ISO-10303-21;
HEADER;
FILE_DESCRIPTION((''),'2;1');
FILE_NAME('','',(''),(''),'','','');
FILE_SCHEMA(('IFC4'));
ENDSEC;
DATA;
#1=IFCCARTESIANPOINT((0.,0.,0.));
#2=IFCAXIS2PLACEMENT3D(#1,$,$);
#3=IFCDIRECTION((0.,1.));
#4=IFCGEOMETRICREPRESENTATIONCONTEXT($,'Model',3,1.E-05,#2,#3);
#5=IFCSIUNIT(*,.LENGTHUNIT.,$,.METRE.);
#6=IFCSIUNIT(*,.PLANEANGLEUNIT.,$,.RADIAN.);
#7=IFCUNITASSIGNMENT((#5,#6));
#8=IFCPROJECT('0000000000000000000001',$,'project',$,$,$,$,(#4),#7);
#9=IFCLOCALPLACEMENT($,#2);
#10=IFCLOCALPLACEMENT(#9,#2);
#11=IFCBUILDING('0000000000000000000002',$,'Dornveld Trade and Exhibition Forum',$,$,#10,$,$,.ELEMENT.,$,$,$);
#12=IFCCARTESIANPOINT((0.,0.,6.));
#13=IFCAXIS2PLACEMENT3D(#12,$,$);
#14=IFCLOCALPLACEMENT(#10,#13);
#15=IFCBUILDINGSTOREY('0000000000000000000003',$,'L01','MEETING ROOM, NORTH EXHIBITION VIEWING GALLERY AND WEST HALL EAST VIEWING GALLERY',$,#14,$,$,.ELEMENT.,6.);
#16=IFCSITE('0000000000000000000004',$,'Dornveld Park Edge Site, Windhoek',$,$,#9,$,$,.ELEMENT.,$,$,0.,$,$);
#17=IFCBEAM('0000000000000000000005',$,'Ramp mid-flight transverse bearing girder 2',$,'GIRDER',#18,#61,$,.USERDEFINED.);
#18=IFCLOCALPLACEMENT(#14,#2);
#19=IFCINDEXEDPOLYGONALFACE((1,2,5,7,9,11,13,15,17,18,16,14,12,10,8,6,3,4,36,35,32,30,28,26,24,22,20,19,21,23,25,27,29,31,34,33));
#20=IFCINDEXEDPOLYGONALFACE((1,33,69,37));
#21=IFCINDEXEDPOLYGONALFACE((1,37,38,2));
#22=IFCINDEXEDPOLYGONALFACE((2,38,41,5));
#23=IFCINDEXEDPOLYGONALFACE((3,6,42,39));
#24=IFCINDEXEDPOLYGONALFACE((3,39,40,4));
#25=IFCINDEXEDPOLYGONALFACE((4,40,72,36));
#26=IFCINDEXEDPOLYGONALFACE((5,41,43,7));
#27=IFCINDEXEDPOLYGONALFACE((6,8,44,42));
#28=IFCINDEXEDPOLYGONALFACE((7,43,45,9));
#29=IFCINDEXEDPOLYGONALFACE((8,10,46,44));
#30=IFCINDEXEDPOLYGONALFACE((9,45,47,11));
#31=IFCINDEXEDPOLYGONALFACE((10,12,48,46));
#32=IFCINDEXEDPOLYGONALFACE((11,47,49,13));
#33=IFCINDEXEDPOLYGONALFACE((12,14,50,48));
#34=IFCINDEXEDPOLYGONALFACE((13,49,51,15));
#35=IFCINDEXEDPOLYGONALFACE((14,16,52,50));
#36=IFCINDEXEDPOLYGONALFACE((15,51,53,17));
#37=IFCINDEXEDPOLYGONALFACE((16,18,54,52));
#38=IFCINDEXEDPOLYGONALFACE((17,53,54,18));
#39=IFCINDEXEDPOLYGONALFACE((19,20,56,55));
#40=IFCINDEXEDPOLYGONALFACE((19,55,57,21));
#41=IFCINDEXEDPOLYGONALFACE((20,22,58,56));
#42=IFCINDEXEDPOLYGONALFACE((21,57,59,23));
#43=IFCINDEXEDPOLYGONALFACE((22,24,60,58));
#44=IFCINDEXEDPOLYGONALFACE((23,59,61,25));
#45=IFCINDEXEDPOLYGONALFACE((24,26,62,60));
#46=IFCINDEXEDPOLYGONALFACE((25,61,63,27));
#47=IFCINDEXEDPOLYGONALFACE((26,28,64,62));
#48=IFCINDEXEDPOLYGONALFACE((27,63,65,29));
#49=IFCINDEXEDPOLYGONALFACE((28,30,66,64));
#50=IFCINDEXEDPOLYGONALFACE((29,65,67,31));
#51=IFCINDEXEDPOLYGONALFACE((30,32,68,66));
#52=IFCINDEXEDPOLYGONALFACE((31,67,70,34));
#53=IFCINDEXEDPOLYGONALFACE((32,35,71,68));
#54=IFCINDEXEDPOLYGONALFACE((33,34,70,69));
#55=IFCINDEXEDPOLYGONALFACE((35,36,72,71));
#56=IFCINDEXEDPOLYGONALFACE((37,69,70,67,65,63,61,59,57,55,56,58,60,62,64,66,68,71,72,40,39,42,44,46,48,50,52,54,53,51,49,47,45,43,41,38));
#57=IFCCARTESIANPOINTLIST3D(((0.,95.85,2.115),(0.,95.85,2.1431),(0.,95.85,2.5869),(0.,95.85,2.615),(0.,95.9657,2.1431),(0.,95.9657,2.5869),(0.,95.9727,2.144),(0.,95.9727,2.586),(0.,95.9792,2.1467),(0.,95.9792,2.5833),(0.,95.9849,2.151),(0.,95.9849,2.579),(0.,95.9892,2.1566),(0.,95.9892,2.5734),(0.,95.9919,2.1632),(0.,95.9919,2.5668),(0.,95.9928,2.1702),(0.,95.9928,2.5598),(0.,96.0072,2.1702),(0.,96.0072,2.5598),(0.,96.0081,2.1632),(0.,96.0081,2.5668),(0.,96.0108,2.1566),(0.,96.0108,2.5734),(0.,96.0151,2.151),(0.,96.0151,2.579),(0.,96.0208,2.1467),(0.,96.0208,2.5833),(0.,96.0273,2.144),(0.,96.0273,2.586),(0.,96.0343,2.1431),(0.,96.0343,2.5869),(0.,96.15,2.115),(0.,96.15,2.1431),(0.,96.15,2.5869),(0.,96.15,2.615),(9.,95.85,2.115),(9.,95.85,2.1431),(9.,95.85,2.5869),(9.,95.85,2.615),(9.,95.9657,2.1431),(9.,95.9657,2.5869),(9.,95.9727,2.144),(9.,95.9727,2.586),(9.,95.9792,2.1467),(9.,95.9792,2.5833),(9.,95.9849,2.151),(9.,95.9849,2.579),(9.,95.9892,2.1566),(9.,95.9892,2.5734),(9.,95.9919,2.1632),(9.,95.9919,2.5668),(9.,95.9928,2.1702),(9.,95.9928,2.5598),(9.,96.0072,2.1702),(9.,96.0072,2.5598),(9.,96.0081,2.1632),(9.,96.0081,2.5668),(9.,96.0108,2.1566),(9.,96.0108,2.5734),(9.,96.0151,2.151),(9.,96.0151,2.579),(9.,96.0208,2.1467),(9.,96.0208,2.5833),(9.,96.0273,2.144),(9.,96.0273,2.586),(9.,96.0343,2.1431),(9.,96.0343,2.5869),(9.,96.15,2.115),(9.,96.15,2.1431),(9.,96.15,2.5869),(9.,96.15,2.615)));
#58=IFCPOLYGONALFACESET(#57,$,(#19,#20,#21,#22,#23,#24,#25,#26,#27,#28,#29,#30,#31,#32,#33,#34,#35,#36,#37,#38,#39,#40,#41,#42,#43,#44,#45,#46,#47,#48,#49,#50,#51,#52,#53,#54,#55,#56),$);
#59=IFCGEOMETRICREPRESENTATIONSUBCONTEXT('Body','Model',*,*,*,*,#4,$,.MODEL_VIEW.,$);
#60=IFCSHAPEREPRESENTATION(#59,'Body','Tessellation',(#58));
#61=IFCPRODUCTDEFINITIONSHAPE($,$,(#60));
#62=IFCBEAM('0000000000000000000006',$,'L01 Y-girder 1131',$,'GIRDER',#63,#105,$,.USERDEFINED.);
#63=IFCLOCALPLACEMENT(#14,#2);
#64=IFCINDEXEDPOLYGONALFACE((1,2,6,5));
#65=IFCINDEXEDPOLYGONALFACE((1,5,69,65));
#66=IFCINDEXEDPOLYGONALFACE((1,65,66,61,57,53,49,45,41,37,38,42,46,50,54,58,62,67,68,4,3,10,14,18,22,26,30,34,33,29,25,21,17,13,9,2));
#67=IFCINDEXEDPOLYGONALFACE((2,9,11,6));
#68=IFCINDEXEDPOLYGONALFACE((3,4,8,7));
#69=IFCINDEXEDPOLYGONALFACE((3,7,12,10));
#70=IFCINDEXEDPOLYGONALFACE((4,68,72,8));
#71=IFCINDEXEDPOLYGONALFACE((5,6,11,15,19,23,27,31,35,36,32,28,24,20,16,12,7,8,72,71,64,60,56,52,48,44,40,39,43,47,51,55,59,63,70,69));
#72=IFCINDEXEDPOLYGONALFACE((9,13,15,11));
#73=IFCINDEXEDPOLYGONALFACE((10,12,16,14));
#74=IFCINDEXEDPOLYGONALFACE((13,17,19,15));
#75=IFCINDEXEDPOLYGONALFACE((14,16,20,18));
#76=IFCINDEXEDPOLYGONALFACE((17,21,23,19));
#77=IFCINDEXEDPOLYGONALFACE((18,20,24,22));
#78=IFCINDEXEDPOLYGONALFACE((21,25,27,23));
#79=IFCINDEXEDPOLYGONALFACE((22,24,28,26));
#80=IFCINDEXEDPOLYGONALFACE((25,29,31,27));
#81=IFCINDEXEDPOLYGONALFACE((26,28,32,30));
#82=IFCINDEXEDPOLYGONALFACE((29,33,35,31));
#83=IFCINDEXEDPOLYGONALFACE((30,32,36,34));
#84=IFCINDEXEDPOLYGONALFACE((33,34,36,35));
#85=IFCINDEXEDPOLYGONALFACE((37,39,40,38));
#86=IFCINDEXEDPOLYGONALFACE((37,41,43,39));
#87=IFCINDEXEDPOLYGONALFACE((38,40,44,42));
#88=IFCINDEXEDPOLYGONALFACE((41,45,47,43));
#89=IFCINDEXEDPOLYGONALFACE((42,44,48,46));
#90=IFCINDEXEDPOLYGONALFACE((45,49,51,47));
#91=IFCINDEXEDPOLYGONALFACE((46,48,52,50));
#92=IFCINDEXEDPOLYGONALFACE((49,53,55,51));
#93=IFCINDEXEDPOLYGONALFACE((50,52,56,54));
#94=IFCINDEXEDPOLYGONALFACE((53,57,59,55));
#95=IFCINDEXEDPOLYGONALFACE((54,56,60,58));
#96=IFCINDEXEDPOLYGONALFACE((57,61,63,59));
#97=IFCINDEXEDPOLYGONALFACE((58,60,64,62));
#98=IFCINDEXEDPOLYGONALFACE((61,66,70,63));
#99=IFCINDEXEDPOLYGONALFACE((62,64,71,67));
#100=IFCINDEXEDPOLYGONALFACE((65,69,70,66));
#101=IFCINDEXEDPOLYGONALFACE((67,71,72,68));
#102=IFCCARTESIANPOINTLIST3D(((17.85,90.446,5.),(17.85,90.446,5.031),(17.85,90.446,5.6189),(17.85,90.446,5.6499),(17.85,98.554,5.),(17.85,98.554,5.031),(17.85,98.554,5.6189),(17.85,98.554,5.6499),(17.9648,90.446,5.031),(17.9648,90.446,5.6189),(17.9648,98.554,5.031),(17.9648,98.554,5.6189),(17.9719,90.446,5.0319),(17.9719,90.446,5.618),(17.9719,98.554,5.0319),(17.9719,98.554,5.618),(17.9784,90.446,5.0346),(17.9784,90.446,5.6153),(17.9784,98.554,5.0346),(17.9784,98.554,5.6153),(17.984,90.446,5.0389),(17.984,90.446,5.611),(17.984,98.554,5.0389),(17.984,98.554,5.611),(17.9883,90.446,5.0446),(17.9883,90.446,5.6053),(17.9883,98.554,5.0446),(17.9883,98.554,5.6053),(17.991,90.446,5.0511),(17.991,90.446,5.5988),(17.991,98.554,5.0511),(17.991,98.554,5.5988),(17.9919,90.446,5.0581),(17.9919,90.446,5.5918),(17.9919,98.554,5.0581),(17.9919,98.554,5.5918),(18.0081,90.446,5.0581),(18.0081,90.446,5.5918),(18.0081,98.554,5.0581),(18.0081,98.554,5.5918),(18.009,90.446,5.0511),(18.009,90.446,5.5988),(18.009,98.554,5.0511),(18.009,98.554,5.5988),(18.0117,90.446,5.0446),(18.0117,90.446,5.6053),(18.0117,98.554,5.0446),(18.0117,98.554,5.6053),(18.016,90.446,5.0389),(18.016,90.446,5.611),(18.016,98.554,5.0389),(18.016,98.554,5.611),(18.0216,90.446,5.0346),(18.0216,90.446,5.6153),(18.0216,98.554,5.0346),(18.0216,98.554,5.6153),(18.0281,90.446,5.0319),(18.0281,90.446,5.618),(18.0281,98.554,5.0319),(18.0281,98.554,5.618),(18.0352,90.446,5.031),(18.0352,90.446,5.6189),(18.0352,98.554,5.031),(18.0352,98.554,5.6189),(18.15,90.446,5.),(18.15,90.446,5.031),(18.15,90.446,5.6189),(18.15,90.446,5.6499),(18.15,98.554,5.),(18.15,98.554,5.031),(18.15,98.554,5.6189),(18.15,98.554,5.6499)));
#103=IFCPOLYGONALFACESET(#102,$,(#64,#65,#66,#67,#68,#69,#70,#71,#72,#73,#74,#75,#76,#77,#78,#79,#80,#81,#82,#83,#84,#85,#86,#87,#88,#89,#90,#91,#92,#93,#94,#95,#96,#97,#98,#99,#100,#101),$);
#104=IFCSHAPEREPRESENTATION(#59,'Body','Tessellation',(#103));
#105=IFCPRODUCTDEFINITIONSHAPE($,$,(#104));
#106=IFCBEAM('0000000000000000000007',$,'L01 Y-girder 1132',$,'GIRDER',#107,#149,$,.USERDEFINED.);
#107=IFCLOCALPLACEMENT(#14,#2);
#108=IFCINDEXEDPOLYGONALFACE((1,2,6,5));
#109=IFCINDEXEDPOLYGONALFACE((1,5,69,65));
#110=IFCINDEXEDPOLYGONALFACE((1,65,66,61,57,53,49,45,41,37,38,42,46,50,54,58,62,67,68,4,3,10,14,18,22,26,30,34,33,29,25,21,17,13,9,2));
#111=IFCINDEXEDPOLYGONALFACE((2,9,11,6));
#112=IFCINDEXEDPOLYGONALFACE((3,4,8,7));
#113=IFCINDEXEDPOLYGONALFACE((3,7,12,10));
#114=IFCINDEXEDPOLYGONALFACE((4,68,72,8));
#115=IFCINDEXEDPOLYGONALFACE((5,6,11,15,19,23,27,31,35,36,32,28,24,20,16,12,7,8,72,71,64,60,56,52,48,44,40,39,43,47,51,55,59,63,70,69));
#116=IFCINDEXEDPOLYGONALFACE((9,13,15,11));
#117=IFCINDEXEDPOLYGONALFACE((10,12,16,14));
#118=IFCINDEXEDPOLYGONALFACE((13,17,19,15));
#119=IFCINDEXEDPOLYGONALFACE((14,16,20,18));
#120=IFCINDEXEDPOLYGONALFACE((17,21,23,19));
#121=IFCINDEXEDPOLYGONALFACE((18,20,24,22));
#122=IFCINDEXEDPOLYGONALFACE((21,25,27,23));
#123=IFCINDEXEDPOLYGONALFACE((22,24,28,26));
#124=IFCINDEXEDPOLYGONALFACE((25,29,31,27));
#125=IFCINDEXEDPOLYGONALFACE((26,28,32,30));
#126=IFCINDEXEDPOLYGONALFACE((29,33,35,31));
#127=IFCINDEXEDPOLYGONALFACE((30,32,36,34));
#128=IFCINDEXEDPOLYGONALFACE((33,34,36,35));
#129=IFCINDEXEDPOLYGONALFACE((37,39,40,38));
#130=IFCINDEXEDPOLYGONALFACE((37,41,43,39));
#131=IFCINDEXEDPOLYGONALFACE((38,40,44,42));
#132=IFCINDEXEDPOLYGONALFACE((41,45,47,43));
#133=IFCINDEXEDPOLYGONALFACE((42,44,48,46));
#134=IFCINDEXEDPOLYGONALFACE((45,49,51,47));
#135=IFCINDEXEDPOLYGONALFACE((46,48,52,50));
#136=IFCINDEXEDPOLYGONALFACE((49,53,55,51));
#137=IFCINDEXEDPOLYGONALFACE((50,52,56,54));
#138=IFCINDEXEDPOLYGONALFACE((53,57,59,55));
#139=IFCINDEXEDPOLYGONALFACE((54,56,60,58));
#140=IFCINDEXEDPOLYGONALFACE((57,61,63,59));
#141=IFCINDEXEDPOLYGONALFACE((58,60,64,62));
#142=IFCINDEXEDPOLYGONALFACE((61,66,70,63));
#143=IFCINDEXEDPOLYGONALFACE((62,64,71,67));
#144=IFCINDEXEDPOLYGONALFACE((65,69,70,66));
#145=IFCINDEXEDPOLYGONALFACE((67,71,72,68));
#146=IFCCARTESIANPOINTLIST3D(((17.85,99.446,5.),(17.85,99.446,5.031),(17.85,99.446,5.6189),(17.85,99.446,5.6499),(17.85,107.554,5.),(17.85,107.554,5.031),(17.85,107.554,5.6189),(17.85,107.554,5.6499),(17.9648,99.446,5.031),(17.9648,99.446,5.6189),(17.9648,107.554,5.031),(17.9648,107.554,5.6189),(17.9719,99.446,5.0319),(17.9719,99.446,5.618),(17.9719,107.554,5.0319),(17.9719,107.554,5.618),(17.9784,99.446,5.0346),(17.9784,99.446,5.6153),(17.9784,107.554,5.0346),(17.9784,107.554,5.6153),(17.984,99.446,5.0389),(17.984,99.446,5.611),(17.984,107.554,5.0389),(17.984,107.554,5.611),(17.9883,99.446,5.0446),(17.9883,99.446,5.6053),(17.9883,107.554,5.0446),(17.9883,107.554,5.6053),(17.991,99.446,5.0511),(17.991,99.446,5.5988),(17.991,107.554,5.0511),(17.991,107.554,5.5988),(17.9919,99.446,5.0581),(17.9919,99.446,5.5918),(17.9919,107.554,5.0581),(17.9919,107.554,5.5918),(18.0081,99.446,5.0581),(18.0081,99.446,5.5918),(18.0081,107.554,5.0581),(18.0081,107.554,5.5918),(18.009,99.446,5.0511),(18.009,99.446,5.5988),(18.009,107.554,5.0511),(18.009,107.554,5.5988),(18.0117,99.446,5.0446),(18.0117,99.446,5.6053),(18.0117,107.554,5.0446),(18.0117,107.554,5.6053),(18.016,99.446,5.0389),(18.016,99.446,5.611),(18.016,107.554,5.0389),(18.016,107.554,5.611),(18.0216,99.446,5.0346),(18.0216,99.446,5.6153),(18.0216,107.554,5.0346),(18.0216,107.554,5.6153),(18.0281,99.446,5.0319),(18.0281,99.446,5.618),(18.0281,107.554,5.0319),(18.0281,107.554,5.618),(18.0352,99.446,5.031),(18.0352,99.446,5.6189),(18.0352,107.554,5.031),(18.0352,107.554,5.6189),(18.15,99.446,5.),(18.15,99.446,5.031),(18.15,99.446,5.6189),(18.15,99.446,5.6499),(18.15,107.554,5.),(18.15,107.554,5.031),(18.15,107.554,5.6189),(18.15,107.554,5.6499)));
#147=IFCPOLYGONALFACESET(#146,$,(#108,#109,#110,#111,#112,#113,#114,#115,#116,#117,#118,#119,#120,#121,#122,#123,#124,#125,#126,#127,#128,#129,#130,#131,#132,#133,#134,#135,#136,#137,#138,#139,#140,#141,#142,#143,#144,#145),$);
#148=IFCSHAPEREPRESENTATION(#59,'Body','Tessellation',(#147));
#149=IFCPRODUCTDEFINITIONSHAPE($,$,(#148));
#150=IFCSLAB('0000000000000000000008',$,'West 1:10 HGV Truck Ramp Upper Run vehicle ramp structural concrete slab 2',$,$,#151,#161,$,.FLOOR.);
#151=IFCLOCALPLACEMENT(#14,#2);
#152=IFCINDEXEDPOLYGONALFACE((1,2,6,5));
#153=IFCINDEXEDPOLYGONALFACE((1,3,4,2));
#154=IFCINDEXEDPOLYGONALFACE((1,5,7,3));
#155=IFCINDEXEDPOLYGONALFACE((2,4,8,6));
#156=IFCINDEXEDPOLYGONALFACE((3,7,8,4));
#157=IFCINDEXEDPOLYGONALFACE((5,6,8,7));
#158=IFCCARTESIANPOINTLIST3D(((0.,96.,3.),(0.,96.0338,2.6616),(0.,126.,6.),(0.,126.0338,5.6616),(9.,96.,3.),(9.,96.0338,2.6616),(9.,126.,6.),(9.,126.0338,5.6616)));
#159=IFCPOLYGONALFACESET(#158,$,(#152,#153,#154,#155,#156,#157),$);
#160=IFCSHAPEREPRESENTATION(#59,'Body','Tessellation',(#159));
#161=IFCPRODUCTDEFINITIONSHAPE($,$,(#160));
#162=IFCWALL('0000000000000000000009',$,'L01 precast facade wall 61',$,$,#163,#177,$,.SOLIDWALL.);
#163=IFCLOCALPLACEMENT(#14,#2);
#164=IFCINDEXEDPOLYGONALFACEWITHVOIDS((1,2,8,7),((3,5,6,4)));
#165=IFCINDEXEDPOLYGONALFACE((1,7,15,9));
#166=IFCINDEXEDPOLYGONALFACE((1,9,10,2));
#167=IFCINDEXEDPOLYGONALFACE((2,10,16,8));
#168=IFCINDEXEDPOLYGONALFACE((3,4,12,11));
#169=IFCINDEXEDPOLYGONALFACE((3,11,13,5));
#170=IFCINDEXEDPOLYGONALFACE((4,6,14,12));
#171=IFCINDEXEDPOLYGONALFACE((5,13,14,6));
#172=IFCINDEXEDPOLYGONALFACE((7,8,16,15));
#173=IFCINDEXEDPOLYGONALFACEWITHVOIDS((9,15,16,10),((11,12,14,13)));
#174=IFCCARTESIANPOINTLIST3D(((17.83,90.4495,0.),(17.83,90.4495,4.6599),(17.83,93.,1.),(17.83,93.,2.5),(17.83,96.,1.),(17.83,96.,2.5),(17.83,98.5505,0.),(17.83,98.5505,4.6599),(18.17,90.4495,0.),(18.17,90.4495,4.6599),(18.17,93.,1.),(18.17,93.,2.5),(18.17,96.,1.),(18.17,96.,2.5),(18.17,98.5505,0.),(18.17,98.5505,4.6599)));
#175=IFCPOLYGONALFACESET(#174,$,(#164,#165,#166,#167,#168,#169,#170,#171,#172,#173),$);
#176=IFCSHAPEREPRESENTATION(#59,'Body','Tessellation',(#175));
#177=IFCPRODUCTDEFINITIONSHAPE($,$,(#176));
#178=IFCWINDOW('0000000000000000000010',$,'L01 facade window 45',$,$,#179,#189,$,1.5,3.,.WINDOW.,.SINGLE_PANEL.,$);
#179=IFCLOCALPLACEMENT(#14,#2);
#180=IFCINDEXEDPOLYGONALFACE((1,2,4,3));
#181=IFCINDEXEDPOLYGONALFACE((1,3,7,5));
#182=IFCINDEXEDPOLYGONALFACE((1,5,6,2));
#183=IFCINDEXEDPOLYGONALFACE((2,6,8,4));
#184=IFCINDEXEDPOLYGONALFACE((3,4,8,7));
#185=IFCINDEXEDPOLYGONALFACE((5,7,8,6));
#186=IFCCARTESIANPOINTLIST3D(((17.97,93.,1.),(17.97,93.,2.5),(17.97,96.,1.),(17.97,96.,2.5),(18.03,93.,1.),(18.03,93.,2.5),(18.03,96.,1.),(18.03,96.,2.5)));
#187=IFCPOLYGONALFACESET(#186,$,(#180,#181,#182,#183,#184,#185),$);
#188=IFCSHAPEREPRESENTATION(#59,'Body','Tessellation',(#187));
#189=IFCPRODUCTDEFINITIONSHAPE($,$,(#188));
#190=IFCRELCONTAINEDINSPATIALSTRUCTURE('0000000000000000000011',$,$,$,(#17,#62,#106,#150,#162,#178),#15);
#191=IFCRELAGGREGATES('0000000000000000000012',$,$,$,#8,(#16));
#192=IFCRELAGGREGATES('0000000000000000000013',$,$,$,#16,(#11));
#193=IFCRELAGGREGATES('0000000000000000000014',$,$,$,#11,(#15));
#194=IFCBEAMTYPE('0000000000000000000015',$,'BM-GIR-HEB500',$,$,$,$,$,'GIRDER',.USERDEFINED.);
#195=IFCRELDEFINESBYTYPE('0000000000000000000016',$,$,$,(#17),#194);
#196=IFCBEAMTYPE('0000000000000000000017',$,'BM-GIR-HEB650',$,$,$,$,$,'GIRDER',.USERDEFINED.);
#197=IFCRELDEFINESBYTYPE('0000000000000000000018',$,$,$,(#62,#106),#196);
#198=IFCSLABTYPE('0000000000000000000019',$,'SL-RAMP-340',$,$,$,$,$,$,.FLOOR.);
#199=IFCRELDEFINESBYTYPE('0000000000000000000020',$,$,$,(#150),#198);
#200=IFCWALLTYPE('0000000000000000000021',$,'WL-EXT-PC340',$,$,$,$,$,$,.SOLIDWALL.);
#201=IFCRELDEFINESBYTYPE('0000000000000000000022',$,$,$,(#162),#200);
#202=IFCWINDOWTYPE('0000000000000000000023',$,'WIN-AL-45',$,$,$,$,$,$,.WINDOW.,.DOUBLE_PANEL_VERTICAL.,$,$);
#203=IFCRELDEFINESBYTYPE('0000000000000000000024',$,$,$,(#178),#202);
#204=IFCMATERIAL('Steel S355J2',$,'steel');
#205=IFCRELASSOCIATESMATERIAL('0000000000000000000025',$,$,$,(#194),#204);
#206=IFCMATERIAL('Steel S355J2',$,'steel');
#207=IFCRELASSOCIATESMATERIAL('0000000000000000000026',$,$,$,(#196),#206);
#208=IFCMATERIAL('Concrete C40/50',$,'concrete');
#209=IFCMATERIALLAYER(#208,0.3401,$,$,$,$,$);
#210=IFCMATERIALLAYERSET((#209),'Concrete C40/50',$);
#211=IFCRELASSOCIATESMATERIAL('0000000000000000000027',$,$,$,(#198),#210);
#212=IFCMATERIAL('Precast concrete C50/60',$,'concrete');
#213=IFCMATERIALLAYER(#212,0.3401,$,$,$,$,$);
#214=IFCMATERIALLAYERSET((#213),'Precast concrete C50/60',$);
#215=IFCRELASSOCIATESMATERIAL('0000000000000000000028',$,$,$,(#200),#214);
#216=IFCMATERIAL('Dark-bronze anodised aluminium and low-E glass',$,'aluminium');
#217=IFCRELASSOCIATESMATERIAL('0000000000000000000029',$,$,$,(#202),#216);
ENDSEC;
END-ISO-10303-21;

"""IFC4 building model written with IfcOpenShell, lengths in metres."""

from ifc_helpers import new_model, si_unit, direction, frame, frame_2d, origin, origin_2d, place, context, subcontext, project, spatial, polyline, rectangle, i_section, outline, extrude, material, layer, layer_set, material_profile, profile_set, type_object, element, fill, save


model = new_model("IFC4")

# Units and contexts
model_context = context("Model", 3, precision=1e-05, world=origin(), true_north=direction((0.0, 1.0)))
body_context = subcontext(model_context, "Body", "Model", "MODEL_VIEW")
ifc_project = project(units=[si_unit("LENGTHUNIT", "METRE"), si_unit("PLANEANGLEUNIT", "RADIAN")], contexts=[model_context])

# Site, building, storey
site_placement = place(None, origin())
site = spatial("IfcSite", under=ifc_project, at=site_placement, Name="Dornveld Park Edge Site, Windhoek", CompositionType="ELEMENT", RefElevation=0.0)
building_placement = place(site_placement, origin())
building = spatial("IfcBuilding", under=site, at=building_placement, Name="Dornveld Trade and Exhibition Forum", CompositionType="ELEMENT")
storey_placement = place(building_placement, frame((0.0, 0.0, 6.0)))
storey = spatial("IfcBuildingStorey", under=building, at=storey_placement, Name="L01", Description="MEETING ROOM, NORTH EXHIBITION VIEWING GALLERY AND WEST HALL EAST VIEWING GALLERY", CompositionType="ELEMENT", Elevation=6.0)

# Beams
ifc_material_1 = material(Name="Steel S355J2", Category="steel")
ifc_material_profile_1 = material_profile(ifc_material_1, i_section(OverallWidth=0.3, OverallDepth=0.5, WebThickness=0.0144, FlangeThickness=0.0281, FilletRadius=0.0271, at=origin_2d()), Name="HEB 500")
ifc_profile_set_1 = profile_set([ifc_material_profile_1], Name="Steel S355J2")
beam_type_1 = type_object("IfcBeamType", Name="BM-GIR-HEB500", ElementType="GIRDER", PredefinedType="USERDEFINED", material=ifc_profile_set_1)
beam_placement = place(storey_placement, frame((0.0, 96.0, 2.365), z_axis=(1.0, 0.0, 0.0), x_axis=(0.0, 1.0, 0.0)))
element("IfcBeam", 1, at=beam_placement, inside=storey, type_object=beam_type_1, Name="Ramp mid-flight transverse bearing girder 2", ObjectType="GIRDER", PredefinedType="USERDEFINED", context=body_context, shape_type="SweptSolid", body=[
    extrude(i_section(OverallWidth=0.3, OverallDepth=0.5, WebThickness=0.0144, FlangeThickness=0.0281, FilletRadius=0.0271, at=origin_2d()), origin(), (0.0, 0.0, 1.0), 9.0),
])
ifc_material_2 = material(Name="Steel S355J2", Category="steel")
ifc_material_profile_2 = material_profile(ifc_material_2, i_section(OverallWidth=0.3, OverallDepth=0.6499, WebThickness=0.0161, FlangeThickness=0.031, FilletRadius=0.0271, at=origin_2d()), Name="HEB 650")
ifc_profile_set_2 = profile_set([ifc_material_profile_2], Name="Steel S355J2")
beam_type_2 = type_object("IfcBeamType", Name="BM-GIR-HEB650", ElementType="GIRDER", PredefinedType="USERDEFINED", material=ifc_profile_set_2)
for number, where, z_axis, x_axis, name in (
    (2, (18.0, 90.446, 5.325), (0.0, 1.0, 0.0), (-1.0, 0.0, 0.0), "L01 Y-girder 1131"),
    (3, (18.0, 99.446, 5.325), (0.0, 1.0, 0.0), (-1.0, 0.0, 0.0), "L01 Y-girder 1132"),
):
    element("IfcBeam", number, at=place(storey_placement, frame(where, z_axis=z_axis, x_axis=x_axis)), inside=storey, type_object=beam_type_2, Name=name, ObjectType="GIRDER", PredefinedType="USERDEFINED", context=body_context, shape_type="SweptSolid", body=[
        extrude(i_section(OverallWidth=0.3, OverallDepth=0.6499, WebThickness=0.0161, FlangeThickness=0.031, FilletRadius=0.0271, at=origin_2d()), origin(), (0.0, 0.0, 1.0), 8.1079),
    ])

# Slab
ifc_material_3 = material(Name="Concrete C40/50", Category="concrete")
ifc_layer_1 = layer(ifc_material_3, 0.3401)
ifc_layer_set_1 = layer_set([ifc_layer_1], Name="Concrete C40/50")
slab_type = type_object("IfcSlabType", Name="SL-RAMP-340", PredefinedType="FLOOR", material=ifc_layer_set_1)
slab_placement = place(storey_placement, frame((0.0, 96.0, 3.0), z_axis=(0.0, -0.099504, 0.995037), x_axis=(1.0, 0.0, 0.0)))
element("IfcSlab", 4, at=slab_placement, inside=storey, type_object=slab_type, Name="West 1:10 HGV Truck Ramp Upper Run vehicle ramp structural concrete slab 2", PredefinedType="FLOOR", context=body_context, shape_type="SweptSolid", body=[
    extrude(outline(polyline([(0.0, 0.0), (9.0, 0.0), (9.0, 30.1496), (0.0, 30.1496), (0.0, 0.0)])), origin(), (0.0, 0.0, -1.0), 0.3401),
])

# Wall, opening, window
ifc_material_4 = material(Name="Precast concrete C50/60", Category="concrete")
ifc_layer_2 = layer(ifc_material_4, 0.3401)
ifc_layer_set_2 = layer_set([ifc_layer_2], Name="Precast concrete C50/60")
wall_type = type_object("IfcWallType", Name="WL-EXT-PC340", PredefinedType="SOLIDWALL", material=ifc_layer_set_2)
wall_1_placement = place(storey_placement, frame((18.0, 98.5505, 0.0), z_axis=(0.0, 0.0, 1.0), x_axis=(0.0, -1.0, 0.0)))
wall_1 = element("IfcWall", 5, at=wall_1_placement, inside=storey, type_object=wall_type, Name="L01 precast facade wall 61", PredefinedType="SOLIDWALL", context=body_context, shape_type="SweptSolid", body=[
    extrude(rectangle(XDim=8.1011, YDim=0.3401, at=frame_2d((4.0505, 0.0))), origin(), (0.0, 0.0, 1.0), 4.6599),
])
opening_1_placement = place(wall_1_placement, frame((2.5505, 0.0, 1.0)))
opening_1 = element("IfcOpeningElement", 6, at=opening_1_placement, cuts=wall_1, PredefinedType="OPENING", context=body_context, shape_type="SweptSolid", body=[
    extrude(rectangle(XDim=3.0, YDim=1.5, at=frame_2d((1.5, 0.75))), frame((0.0, 0.1799, 0.0), z_axis=(0.0, -1.0, 0.0), x_axis=(1.0, 0.0, 0.0)), (0.0, 0.0, 1.0), 0.3601),
])
ifc_material_5 = material(Name="Dark-bronze anodised aluminium and low-E glass", Category="aluminium")
window_type_1 = type_object("IfcWindowType", Name="WIN-AL-45", PartitioningType="DOUBLE_PANEL_VERTICAL", PredefinedType="WINDOW", material=ifc_material_5)
window_1_placement = place(opening_1_placement, origin())
window_1 = element("IfcWindow", 7, at=window_1_placement, inside=storey, type_object=window_type_1, Name="L01 facade window 45", OverallHeight=1.5, OverallWidth=3.0, PartitioningType="SINGLE_PANEL", PredefinedType="WINDOW", context=body_context, shape_type="SweptSolid", body=[
    extrude(rectangle(XDim=3.0, YDim=1.5, at=frame_2d((1.5, 0.75))), frame((0.0, 0.03, 0.0), z_axis=(0.0, -1.0, 0.0), x_axis=(1.0, 0.0, 0.0)), (0.0, 0.0, 1.0), 0.0601),
])
fill(opening_1, window_1)

save(model, "model.ifc")
